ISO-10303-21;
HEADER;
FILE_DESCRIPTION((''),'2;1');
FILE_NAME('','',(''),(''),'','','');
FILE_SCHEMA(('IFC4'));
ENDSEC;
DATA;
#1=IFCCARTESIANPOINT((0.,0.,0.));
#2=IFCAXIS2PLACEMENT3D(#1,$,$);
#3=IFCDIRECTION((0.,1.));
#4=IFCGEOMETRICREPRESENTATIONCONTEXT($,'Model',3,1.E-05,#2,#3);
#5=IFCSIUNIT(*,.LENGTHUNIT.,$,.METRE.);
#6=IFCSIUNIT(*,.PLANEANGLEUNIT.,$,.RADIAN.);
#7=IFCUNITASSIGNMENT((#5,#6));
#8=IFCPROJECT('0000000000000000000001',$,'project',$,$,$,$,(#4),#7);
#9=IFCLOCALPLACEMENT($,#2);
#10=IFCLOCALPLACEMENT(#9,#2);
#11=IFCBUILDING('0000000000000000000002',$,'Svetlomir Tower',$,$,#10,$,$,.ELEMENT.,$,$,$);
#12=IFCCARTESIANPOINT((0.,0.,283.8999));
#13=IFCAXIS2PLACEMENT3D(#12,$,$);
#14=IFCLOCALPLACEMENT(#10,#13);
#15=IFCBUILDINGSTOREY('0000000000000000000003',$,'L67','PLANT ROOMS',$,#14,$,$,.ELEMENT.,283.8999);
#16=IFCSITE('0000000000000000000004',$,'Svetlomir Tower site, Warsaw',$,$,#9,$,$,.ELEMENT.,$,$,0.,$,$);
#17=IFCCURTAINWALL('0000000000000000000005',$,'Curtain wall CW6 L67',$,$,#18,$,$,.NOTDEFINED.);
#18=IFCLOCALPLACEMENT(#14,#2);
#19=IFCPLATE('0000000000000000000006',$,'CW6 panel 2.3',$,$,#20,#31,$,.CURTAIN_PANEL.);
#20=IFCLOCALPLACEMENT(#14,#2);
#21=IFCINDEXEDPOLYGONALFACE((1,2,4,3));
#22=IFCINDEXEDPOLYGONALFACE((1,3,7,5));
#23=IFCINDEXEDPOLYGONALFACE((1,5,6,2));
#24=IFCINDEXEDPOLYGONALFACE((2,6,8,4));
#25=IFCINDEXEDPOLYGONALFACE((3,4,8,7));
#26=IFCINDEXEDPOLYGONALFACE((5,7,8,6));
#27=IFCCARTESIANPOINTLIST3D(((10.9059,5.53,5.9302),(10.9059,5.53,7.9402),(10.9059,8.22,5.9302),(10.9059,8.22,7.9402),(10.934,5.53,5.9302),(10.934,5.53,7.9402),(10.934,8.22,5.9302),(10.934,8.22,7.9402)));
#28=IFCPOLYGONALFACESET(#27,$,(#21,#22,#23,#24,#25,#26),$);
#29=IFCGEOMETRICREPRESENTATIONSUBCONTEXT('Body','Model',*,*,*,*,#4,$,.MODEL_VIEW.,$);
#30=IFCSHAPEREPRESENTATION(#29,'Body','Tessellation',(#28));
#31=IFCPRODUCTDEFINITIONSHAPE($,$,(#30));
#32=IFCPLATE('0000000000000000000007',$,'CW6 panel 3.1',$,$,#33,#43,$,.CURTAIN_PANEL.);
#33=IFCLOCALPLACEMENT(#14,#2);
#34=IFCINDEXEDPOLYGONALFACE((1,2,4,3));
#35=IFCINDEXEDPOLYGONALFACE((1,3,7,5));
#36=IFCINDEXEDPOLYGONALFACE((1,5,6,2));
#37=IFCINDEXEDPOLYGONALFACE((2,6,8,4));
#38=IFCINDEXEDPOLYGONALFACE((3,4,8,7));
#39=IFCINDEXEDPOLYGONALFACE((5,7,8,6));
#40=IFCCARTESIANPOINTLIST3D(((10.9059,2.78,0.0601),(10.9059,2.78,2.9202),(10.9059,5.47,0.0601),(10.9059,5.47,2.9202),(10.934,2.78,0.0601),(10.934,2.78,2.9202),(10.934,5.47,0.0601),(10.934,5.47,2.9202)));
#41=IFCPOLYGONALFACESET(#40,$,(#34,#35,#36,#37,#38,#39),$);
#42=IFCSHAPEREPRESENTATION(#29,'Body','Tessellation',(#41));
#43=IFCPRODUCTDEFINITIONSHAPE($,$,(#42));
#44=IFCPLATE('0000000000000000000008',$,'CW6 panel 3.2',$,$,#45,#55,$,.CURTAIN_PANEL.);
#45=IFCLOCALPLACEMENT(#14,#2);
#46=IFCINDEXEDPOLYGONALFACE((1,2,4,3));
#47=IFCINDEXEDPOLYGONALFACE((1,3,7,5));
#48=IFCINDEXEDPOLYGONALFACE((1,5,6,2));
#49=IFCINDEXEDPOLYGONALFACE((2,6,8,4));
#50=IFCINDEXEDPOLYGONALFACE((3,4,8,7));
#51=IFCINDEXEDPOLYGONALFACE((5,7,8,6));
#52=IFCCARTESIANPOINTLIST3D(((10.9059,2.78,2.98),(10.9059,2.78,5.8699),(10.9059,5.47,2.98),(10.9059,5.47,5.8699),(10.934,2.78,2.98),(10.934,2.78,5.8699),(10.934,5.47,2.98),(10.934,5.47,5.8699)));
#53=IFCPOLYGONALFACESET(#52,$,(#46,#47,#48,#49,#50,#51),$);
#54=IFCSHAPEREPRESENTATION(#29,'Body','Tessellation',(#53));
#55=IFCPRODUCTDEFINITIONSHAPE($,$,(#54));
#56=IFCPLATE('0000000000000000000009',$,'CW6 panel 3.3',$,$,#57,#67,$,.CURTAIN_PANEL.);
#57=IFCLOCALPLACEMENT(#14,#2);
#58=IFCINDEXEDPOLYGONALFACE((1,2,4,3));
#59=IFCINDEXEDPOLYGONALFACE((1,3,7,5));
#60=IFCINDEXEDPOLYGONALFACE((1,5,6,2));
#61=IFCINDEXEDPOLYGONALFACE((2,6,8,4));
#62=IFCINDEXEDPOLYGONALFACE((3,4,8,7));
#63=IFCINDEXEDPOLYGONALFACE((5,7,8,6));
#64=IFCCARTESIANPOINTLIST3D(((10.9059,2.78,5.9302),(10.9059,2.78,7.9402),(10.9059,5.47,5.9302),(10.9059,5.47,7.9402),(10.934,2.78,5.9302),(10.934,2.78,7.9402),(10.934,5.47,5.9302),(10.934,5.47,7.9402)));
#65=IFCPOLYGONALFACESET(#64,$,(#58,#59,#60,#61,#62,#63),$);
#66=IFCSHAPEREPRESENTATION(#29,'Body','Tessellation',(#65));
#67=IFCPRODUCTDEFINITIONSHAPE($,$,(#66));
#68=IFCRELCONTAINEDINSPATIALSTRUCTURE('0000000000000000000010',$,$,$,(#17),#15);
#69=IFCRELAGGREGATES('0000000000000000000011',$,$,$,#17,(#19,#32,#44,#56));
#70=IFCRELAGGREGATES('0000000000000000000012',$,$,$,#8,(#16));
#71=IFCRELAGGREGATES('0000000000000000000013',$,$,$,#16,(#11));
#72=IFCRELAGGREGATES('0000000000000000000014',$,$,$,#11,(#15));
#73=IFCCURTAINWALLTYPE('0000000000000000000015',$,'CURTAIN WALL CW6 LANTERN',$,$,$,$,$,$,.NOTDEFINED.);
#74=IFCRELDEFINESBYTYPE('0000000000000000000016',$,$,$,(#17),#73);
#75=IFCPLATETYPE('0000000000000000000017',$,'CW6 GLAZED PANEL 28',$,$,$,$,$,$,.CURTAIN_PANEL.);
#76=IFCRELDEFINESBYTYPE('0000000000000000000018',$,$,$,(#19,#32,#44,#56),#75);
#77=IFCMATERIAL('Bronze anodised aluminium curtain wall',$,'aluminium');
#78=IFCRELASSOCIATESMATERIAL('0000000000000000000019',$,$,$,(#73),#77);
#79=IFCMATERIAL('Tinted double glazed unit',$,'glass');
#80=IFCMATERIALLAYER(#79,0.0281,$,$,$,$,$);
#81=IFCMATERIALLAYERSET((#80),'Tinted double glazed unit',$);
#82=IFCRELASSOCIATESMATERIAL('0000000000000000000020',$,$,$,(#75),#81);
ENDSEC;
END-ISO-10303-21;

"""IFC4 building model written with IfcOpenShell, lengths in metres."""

from ifc_helpers import new_model, si_unit, direction, frame, origin, origin_2d, place, context, subcontext, project, spatial, rectangle, extrude, material, layer, layer_set, type_object, element, aggregate, save


model = new_model("IFC4")

# Units and contexts
model_context = context("Model", 3, precision=1e-05, world=origin(), true_north=direction((0.0, 1.0)))
body_context = subcontext(model_context, "Body", "Model", "MODEL_VIEW")
ifc_project = project(units=[si_unit("LENGTHUNIT", "METRE"), si_unit("PLANEANGLEUNIT", "RADIAN")], contexts=[model_context])

# Site, building, storey
site_placement = place(None, origin())
site = spatial("IfcSite", under=ifc_project, at=site_placement, Name="Svetlomir Tower site, Warsaw", CompositionType="ELEMENT", RefElevation=0.0)
building_placement = place(site_placement, origin())
building = spatial("IfcBuilding", under=site, at=building_placement, Name="Svetlomir Tower", CompositionType="ELEMENT")
storey_placement = place(building_placement, frame((0.0, 0.0, 283.8999)))
storey = spatial("IfcBuildingStorey", under=building, at=storey_placement, Name="L67", Description="PLANT ROOMS", CompositionType="ELEMENT", Elevation=283.8999)

# Curtain wall, plates
ifc_material_1 = material(Name="Bronze anodised aluminium curtain wall", Category="aluminium")
curtain_wall_type = type_object("IfcCurtainWallType", Name="CURTAIN WALL CW6 LANTERN", PredefinedType="NOTDEFINED", material=ifc_material_1)
curtain_wall_placement = place(storey_placement, origin())
curtain_wall = element("IfcCurtainWall", 1, at=curtain_wall_placement, inside=storey, type_object=curtain_wall_type, Name="Curtain wall CW6 L67", PredefinedType="NOTDEFINED")
ifc_material_2 = material(Name="Tinted double glazed unit", Category="glass")
ifc_layer = layer(ifc_material_2, 0.0281)
ifc_layer_set = layer_set([ifc_layer], Name="Tinted double glazed unit")
plate_type = type_object("IfcPlateType", Name="CW6 GLAZED PANEL 28", PredefinedType="CURTAIN_PANEL", material=ifc_layer_set)
plate_1_placement = place(storey_placement, frame((10.9199, 6.875, 5.9302), z_axis=(0.0, 0.0, 1.0), x_axis=(0.0, -1.0, 0.0)))
plate_1 = element("IfcPlate", 2, at=plate_1_placement, type_object=plate_type, Name="CW6 panel 2.3", PredefinedType="CURTAIN_PANEL", context=body_context, shape_type="SweptSolid", body=[
    extrude(rectangle(XDim=2.6899, YDim=0.0281, at=origin_2d()), origin(), (0.0, 0.0, 1.0), 2.01),
])
plate_2_placement = place(storey_placement, frame((10.9199, 4.125, 0.0601), z_axis=(0.0, 0.0, 1.0), x_axis=(0.0, -1.0, 0.0)))
plate_2 = element("IfcPlate", 3, at=plate_2_placement, type_object=plate_type, Name="CW6 panel 3.1", PredefinedType="CURTAIN_PANEL", context=body_context, shape_type="SweptSolid", body=[
    extrude(rectangle(XDim=2.6899, YDim=0.0281, at=origin_2d()), origin(), (0.0, 0.0, 1.0), 2.8601),
])
plate_3_placement = place(storey_placement, frame((10.9199, 4.125, 2.98), z_axis=(0.0, 0.0, 1.0), x_axis=(0.0, -1.0, 0.0)))
plate_3 = element("IfcPlate", 4, at=plate_3_placement, type_object=plate_type, Name="CW6 panel 3.2", PredefinedType="CURTAIN_PANEL", context=body_context, shape_type="SweptSolid", body=[
    extrude(rectangle(XDim=2.6899, YDim=0.0281, at=origin_2d()), origin(), (0.0, 0.0, 1.0), 2.8899),
])
plate_4_placement = place(storey_placement, frame((10.9199, 4.125, 5.9302), z_axis=(0.0, 0.0, 1.0), x_axis=(0.0, -1.0, 0.0)))
plate_4 = element("IfcPlate", 5, at=plate_4_placement, type_object=plate_type, Name="CW6 panel 3.3", PredefinedType="CURTAIN_PANEL", context=body_context, shape_type="SweptSolid", body=[
    extrude(rectangle(XDim=2.6899, YDim=0.0281, at=origin_2d()), origin(), (0.0, 0.0, 1.0), 2.01),
])
aggregate(curtain_wall, [plate_1, plate_2, plate_3, plate_4])

save(model, "model.ifc")
